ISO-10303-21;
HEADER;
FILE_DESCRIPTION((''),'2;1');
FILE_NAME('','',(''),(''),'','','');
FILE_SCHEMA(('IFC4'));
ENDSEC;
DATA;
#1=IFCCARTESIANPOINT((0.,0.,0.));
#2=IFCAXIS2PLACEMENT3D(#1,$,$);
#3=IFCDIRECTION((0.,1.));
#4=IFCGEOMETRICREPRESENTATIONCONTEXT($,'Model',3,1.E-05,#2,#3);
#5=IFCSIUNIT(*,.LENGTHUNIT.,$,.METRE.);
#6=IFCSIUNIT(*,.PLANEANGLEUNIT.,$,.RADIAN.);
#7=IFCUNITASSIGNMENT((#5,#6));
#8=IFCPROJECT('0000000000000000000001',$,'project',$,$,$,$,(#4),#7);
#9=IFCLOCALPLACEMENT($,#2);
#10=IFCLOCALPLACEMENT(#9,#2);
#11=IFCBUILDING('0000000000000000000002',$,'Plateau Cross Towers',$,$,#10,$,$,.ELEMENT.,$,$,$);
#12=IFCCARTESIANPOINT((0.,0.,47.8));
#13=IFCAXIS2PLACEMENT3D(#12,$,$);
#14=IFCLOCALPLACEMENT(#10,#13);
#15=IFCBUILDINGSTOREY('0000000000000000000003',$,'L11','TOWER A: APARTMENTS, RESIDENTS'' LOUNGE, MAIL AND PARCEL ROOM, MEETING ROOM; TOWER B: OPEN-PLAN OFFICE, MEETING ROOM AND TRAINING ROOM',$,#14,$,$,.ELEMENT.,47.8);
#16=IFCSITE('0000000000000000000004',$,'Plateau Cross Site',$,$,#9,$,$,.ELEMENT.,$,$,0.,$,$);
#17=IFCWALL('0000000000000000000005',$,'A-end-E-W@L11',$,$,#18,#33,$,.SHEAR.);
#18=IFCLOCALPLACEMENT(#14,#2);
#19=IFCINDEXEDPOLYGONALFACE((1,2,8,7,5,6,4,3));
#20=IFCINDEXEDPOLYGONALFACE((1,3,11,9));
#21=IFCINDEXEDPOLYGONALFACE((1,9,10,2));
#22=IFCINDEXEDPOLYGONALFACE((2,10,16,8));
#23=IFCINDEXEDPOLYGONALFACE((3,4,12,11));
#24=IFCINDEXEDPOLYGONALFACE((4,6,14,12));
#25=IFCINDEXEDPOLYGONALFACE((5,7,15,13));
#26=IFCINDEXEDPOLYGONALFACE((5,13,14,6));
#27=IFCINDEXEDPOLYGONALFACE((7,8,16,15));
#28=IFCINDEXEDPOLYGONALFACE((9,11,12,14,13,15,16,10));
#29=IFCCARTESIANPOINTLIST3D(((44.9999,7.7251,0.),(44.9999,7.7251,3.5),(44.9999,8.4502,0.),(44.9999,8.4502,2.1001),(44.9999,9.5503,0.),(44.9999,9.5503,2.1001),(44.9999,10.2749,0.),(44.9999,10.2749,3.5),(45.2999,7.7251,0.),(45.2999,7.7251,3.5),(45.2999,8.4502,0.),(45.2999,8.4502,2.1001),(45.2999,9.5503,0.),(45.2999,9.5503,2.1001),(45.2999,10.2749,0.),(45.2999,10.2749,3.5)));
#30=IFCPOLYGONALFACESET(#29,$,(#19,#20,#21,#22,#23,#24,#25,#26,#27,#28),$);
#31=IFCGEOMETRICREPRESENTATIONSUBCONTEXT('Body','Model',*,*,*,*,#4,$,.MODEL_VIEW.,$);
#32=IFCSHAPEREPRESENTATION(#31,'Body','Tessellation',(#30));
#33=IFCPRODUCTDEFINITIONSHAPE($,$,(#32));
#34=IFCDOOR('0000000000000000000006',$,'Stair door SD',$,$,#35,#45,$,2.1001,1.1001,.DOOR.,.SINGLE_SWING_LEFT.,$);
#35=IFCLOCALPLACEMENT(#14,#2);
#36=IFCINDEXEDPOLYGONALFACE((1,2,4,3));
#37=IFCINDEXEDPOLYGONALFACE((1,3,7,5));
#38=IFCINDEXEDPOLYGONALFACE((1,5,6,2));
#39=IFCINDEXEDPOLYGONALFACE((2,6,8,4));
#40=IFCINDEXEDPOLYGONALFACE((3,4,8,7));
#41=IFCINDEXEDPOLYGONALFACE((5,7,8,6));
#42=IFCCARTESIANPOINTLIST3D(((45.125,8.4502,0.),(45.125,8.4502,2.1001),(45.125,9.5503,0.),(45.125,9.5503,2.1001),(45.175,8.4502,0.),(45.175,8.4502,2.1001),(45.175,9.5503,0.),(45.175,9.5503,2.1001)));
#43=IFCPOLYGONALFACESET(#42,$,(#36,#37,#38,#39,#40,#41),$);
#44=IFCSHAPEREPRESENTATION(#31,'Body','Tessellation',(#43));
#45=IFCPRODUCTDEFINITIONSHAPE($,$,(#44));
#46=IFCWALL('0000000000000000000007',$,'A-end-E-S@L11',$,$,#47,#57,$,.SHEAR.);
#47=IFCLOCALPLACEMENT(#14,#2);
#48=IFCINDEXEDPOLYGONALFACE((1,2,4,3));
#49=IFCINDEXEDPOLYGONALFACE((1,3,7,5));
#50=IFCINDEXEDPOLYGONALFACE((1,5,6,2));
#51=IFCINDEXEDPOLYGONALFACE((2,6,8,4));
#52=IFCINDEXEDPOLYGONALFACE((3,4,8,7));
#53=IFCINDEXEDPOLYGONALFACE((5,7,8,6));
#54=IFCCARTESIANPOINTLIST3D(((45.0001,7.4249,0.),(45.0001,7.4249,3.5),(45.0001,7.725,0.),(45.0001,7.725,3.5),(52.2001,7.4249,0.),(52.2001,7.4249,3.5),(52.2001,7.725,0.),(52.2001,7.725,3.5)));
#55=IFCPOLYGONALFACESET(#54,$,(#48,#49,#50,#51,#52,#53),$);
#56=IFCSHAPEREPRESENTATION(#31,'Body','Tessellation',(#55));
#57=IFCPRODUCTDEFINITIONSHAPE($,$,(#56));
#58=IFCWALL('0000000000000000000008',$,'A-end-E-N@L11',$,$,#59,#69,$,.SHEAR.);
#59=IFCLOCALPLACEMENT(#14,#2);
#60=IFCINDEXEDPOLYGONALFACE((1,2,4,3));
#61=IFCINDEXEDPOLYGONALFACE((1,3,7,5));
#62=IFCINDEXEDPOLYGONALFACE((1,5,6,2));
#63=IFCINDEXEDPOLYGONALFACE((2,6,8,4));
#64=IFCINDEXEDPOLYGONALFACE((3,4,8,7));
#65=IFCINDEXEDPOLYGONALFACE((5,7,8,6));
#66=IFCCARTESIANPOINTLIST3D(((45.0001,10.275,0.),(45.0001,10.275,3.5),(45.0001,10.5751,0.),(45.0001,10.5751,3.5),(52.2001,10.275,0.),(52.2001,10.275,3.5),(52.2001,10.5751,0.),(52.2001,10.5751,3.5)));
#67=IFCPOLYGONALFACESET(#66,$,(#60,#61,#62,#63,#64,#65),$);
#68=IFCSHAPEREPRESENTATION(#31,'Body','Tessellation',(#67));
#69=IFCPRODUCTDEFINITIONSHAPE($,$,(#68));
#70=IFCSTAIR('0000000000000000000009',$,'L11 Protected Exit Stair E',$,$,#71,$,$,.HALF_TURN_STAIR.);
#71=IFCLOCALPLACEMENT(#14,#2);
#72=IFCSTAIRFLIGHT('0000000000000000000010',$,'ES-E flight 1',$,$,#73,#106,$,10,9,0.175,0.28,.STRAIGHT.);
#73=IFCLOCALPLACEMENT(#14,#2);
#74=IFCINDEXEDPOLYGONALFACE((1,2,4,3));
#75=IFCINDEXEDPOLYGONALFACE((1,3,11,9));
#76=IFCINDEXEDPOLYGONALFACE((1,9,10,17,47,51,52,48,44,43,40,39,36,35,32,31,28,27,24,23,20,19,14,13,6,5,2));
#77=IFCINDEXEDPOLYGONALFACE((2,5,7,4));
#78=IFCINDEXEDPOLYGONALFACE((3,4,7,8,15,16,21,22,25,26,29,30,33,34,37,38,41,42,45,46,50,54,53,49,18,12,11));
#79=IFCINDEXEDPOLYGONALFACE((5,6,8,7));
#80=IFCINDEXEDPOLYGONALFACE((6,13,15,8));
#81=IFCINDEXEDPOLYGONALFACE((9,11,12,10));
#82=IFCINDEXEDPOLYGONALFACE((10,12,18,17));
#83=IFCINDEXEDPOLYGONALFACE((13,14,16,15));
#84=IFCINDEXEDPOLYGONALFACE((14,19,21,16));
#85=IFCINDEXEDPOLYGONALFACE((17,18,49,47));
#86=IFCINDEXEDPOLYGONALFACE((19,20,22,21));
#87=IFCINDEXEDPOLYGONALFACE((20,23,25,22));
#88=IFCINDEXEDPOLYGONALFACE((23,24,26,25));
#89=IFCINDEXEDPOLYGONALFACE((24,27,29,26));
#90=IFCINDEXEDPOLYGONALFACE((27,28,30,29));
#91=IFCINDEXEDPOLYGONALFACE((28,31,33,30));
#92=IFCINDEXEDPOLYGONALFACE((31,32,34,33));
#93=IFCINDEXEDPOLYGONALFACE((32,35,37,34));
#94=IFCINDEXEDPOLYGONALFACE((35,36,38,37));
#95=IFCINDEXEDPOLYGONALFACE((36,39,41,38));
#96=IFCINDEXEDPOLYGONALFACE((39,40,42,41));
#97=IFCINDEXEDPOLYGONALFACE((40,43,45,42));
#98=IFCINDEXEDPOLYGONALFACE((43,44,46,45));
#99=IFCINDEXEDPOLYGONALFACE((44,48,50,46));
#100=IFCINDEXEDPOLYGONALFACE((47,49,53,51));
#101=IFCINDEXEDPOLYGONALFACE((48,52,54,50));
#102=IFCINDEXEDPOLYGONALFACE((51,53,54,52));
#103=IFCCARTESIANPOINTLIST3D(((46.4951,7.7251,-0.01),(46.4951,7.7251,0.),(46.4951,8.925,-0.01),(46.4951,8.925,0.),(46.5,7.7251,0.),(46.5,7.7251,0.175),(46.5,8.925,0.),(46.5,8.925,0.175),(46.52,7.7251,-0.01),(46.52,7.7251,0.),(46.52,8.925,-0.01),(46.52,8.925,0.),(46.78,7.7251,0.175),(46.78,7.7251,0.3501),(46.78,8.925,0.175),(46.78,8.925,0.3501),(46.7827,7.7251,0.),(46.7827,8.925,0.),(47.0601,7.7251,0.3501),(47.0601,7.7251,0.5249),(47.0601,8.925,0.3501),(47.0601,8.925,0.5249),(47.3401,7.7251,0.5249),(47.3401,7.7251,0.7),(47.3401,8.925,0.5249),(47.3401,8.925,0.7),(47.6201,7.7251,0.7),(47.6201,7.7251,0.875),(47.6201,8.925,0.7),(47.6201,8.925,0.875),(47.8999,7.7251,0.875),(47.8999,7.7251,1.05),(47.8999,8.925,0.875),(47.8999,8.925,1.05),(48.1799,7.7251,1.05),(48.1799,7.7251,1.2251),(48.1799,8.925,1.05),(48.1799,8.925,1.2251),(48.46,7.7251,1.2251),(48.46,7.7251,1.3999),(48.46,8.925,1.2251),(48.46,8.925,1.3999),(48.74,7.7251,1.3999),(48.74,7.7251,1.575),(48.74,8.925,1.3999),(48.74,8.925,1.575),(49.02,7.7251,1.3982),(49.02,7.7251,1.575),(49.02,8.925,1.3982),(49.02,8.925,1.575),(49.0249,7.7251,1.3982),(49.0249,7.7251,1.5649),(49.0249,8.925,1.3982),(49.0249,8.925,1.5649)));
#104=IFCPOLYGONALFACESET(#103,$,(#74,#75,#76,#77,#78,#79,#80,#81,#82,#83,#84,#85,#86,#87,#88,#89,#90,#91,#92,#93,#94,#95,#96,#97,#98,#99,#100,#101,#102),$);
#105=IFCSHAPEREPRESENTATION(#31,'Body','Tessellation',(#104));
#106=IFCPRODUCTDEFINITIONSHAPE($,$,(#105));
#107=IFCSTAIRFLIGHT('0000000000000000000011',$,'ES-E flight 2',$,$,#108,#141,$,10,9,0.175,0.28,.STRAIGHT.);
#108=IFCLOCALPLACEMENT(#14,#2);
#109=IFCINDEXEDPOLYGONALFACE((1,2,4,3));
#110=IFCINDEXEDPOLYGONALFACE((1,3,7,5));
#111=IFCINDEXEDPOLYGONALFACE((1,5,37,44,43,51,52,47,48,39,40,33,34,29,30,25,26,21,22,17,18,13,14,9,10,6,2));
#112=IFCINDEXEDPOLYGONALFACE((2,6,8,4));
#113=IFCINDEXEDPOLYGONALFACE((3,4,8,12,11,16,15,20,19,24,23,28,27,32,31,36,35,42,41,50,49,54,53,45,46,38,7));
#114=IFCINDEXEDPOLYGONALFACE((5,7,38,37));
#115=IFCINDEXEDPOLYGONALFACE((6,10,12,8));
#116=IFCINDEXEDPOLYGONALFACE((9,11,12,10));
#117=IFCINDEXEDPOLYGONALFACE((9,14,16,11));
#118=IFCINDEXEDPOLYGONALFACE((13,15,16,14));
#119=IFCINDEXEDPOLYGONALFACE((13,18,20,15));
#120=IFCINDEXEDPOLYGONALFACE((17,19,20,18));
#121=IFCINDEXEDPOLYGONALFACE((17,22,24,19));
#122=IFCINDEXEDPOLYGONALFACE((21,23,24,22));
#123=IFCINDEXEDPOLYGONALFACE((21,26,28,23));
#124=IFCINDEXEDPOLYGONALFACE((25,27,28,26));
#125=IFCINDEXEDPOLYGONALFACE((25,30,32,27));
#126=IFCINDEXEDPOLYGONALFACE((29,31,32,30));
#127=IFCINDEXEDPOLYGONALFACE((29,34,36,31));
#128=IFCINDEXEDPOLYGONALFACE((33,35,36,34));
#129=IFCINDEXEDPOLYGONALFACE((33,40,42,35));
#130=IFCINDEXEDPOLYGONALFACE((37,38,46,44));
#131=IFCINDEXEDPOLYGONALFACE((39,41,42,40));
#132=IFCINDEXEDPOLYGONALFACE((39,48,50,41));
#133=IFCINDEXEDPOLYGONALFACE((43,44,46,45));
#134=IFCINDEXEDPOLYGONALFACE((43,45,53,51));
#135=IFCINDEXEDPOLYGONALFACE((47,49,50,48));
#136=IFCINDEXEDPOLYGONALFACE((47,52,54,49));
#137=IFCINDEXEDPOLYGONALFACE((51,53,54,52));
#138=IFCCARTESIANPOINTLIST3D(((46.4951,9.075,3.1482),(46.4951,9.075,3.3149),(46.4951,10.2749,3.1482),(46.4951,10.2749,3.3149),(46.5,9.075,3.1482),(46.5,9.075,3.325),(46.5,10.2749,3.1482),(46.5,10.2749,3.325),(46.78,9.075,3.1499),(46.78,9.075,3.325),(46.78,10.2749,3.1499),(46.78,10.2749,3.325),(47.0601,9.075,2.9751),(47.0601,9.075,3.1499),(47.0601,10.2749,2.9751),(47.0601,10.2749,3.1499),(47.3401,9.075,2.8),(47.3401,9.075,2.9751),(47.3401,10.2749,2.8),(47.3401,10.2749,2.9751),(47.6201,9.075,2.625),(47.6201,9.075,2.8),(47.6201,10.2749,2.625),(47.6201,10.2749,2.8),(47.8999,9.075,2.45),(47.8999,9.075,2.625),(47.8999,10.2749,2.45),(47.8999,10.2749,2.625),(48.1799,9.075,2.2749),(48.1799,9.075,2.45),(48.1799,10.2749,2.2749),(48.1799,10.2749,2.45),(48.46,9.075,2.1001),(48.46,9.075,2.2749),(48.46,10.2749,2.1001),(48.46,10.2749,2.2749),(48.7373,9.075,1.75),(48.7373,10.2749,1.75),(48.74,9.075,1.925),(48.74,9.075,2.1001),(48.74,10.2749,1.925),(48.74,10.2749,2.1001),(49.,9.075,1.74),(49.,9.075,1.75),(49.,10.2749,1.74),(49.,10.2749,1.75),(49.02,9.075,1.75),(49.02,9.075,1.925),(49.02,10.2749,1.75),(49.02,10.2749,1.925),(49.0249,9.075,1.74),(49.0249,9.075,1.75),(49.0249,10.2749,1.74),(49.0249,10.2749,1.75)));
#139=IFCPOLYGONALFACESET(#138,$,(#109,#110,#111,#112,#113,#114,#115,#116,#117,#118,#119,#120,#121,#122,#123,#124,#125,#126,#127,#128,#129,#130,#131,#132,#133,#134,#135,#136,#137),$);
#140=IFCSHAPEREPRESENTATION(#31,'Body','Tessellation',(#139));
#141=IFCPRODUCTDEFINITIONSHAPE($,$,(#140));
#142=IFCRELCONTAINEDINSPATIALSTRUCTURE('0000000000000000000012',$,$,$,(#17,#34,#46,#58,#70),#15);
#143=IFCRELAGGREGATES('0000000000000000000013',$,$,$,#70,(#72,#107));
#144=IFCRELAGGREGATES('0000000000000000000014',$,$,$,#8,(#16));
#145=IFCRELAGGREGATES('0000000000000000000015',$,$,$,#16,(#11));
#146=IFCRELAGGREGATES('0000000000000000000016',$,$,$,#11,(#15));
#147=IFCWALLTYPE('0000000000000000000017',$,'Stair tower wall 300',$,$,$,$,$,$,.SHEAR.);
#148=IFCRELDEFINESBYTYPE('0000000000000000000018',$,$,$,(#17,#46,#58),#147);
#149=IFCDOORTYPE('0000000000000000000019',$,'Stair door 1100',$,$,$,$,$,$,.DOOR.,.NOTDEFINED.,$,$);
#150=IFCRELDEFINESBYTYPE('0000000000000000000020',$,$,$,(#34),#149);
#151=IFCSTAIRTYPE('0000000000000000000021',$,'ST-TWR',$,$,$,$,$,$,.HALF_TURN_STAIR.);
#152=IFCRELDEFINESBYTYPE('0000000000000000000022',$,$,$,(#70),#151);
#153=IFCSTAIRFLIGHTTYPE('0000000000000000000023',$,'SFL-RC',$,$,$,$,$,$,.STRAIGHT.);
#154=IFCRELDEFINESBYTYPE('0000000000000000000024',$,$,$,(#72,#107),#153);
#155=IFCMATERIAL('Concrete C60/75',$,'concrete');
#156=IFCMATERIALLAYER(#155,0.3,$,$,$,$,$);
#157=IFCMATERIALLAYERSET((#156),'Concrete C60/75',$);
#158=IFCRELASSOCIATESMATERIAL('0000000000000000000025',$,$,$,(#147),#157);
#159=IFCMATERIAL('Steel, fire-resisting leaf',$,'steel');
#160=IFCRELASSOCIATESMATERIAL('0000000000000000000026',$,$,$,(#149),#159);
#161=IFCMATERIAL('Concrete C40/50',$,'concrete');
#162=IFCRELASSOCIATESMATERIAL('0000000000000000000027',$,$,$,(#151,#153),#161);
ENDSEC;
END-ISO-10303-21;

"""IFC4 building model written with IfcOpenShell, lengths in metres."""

from ifc_helpers import new_model, si_unit, direction, frame, frame_2d, origin, place, context, subcontext, project, spatial, polyline, rectangle, outline, extrude, material, layer, layer_set, type_object, element, fill, aggregate, save


model = new_model("IFC4")

# Units and contexts
model_context = context("Model", 3, precision=1e-05, world=origin(), true_north=direction((0.0, 1.0)))
body_context = subcontext(model_context, "Body", "Model", "MODEL_VIEW")
ifc_project = project(units=[si_unit("LENGTHUNIT", "METRE"), si_unit("PLANEANGLEUNIT", "RADIAN")], contexts=[model_context])

# Site, building, storey
site_placement = place(None, origin())
site = spatial("IfcSite", under=ifc_project, at=site_placement, Name="Plateau Cross Site", CompositionType="ELEMENT", RefElevation=0.0)
building_placement = place(site_placement, origin())
building = spatial("IfcBuilding", under=site, at=building_placement, Name="Plateau Cross Towers", CompositionType="ELEMENT")
storey_placement = place(building_placement, frame((0.0, 0.0, 47.8)))
storey = spatial("IfcBuildingStorey", under=building, at=storey_placement, Name="L11", Description="TOWER A: APARTMENTS, RESIDENTS' LOUNGE, MAIL AND PARCEL ROOM, MEETING ROOM; TOWER B: OPEN-PLAN OFFICE, MEETING ROOM AND TRAINING ROOM", CompositionType="ELEMENT", Elevation=47.8)

# Wall, opening, door
ifc_material_1 = material(Name="Concrete C60/75", Category="concrete")
ifc_layer_1 = layer(ifc_material_1, 0.3)
ifc_layer_set_1 = layer_set([ifc_layer_1], Name="Concrete C60/75")
wall_type_1 = type_object("IfcWallType", Name="Stair tower wall 300", PredefinedType="SHEAR", material=ifc_layer_set_1)
wall_1_placement = place(storey_placement, frame((45.1499, 7.7251, 0.0), z_axis=(0.0, 0.0, 1.0), x_axis=(0.0, 1.0, 0.0)))
wall_1 = element("IfcWall", 1, at=wall_1_placement, inside=storey, type_object=wall_type_1, Name="A-end-E-W@L11", PredefinedType="SHEAR", context=body_context, shape_type="SweptSolid", body=[
    extrude(rectangle(XDim=2.5498, YDim=0.3, at=frame_2d((1.2749, 0.0))), origin(), (0.0, 0.0, 1.0), 3.5),
])
opening_1_placement = place(wall_1_placement, frame((0.7251, 0.0, 0.0)))
opening_1 = element("IfcOpeningElement", 2, at=opening_1_placement, cuts=wall_1, PredefinedType="OPENING", context=body_context, shape_type="SweptSolid", body=[
    extrude(rectangle(XDim=1.1001, YDim=2.1001, at=frame_2d((0.55, 1.05))), frame((0.0, 0.1599, 0.0), z_axis=(0.0, -1.0, 0.0), x_axis=(1.0, 0.0, 0.0)), (0.0, 0.0, 1.0), 0.3201),
])
ifc_material_2 = material(Name="Steel, fire-resisting leaf", Category="steel")
door_type_1 = type_object("IfcDoorType", Name="Stair door 1100", OperationType="NOTDEFINED", PredefinedType="DOOR", material=ifc_material_2)
door_1_placement = place(opening_1_placement, origin())
door_1 = element("IfcDoor", 3, at=door_1_placement, inside=storey, type_object=door_type_1, Name="Stair door SD", OperationType="SINGLE_SWING_LEFT", OverallHeight=2.1001, OverallWidth=1.1001, PredefinedType="DOOR", context=body_context, shape_type="SweptSolid", body=[
    extrude(rectangle(XDim=1.1001, YDim=2.1001, at=frame_2d((0.55, 1.05))), frame((0.0, 0.0249, 0.0), z_axis=(0.0, -1.0, 0.0), x_axis=(1.0, 0.0, 0.0)), (0.0, 0.0, 1.0), 0.05),
])
fill(opening_1, door_1)

# Walls
for number, where, z_axis, x_axis, name in (
    (4, (45.0, 7.575, 0.0), (0.0, 0.0, 1.0), (1.0, 0.0, 0.0), "A-end-E-S@L11"),
    (5, (45.0, 10.425, 0.0), (0.0, 0.0, 1.0), (1.0, 0.0, 0.0), "A-end-E-N@L11"),
):
    element("IfcWall", number, at=place(storey_placement, frame(where, z_axis=z_axis, x_axis=x_axis)), inside=storey, type_object=wall_type_1, Name=name, PredefinedType="SHEAR", context=body_context, shape_type="SweptSolid", body=[
        extrude(rectangle(XDim=7.2, YDim=0.3, at=frame_2d((3.6001, 0.0))), origin(), (0.0, 0.0, 1.0), 3.5),
    ])

# Stair, stair flights
ifc_material_3 = material(Name="Concrete C40/50", Category="concrete")
stair_type = type_object("IfcStairType", Name="ST-TWR", PredefinedType="HALF_TURN_STAIR", material=ifc_material_3)
stair_placement = place(storey_placement, origin())
stair = element("IfcStair", 6, at=stair_placement, inside=storey, type_object=stair_type, Name="L11 Protected Exit Stair E", PredefinedType="HALF_TURN_STAIR")
stair_flight_type = type_object("IfcStairFlightType", Name="SFL-RC", PredefinedType="STRAIGHT", material=ifc_material_3)
stair_flight_1_placement = place(storey_placement, frame((46.5, 8.325, 0.0), z_axis=(0.0, 0.0, 1.0), x_axis=(1.0, 0.0, 0.0)))
stair_flight_1 = element("IfcStairFlight", 7, at=stair_flight_1_placement, type_object=stair_flight_type, Name="ES-E flight 1", NumberOfRisers=10, NumberOfTreads=9, PredefinedType="STRAIGHT", RiserHeight=0.175, TreadLength=0.28, context=body_context, shape_type="SweptSolid", body=[
    extrude(outline(polyline([(-0.0049, -0.01), (-0.0049, 0.0), (0.0, 0.0), (0.0, 0.175), (0.28, 0.175), (0.28, 0.3501), (0.5601, 0.3501), (0.5601, 0.5249), (0.8401, 0.5249), (0.8401, 0.7), (1.1201, 0.7), (1.1201, 0.875), (1.3999, 0.875), (1.3999, 1.05), (1.6799, 1.05), (1.6799, 1.2251), (1.96, 1.2251), (1.96, 1.3999), (2.24, 1.3999), (2.24, 1.575), (2.52, 1.575), (2.5249, 1.5649), (2.5249, 1.3982), (2.52, 1.3982), (0.2827, 0.0), (0.02, 0.0), (0.02, -0.01), (-0.0049, -0.01)])), frame((0.0, 0.6001, 0.0), z_axis=(0.0, -1.0, 0.0), x_axis=(1.0, 0.0, 0.0)), (0.0, 0.0, 1.0), 1.2),
])
stair_flight_2_placement = place(storey_placement, frame((49.02, 9.675, 1.75), z_axis=(0.0, 0.0, 1.0), x_axis=(-1.0, 0.0, 0.0)))
stair_flight_2 = element("IfcStairFlight", 8, at=stair_flight_2_placement, type_object=stair_flight_type, Name="ES-E flight 2", NumberOfRisers=10, NumberOfTreads=9, PredefinedType="STRAIGHT", RiserHeight=0.175, TreadLength=0.28, context=body_context, shape_type="SweptSolid", body=[
    extrude(outline(polyline([(-0.0049, -0.01), (-0.0049, 0.0), (0.0, 0.0), (0.0, 0.175), (0.28, 0.175), (0.28, 0.3501), (0.5601, 0.3501), (0.5601, 0.5249), (0.8401, 0.5249), (0.8401, 0.7), (1.1201, 0.7), (1.1201, 0.875), (1.3999, 0.875), (1.3999, 1.05), (1.6799, 1.05), (1.6799, 1.2251), (1.96, 1.2251), (1.96, 1.3999), (2.24, 1.3999), (2.24, 1.575), (2.52, 1.575), (2.5249, 1.5649), (2.5249, 1.3982), (2.52, 1.3982), (0.2827, 0.0), (0.02, 0.0), (0.02, -0.01), (-0.0049, -0.01)])), frame((0.0, 0.6001, 0.0), z_axis=(0.0, -1.0, 0.0), x_axis=(1.0, 0.0, 0.0)), (0.0, 0.0, 1.0), 1.2),
])
aggregate(stair, [stair_flight_1, stair_flight_2])

save(model, "model.ifc")
